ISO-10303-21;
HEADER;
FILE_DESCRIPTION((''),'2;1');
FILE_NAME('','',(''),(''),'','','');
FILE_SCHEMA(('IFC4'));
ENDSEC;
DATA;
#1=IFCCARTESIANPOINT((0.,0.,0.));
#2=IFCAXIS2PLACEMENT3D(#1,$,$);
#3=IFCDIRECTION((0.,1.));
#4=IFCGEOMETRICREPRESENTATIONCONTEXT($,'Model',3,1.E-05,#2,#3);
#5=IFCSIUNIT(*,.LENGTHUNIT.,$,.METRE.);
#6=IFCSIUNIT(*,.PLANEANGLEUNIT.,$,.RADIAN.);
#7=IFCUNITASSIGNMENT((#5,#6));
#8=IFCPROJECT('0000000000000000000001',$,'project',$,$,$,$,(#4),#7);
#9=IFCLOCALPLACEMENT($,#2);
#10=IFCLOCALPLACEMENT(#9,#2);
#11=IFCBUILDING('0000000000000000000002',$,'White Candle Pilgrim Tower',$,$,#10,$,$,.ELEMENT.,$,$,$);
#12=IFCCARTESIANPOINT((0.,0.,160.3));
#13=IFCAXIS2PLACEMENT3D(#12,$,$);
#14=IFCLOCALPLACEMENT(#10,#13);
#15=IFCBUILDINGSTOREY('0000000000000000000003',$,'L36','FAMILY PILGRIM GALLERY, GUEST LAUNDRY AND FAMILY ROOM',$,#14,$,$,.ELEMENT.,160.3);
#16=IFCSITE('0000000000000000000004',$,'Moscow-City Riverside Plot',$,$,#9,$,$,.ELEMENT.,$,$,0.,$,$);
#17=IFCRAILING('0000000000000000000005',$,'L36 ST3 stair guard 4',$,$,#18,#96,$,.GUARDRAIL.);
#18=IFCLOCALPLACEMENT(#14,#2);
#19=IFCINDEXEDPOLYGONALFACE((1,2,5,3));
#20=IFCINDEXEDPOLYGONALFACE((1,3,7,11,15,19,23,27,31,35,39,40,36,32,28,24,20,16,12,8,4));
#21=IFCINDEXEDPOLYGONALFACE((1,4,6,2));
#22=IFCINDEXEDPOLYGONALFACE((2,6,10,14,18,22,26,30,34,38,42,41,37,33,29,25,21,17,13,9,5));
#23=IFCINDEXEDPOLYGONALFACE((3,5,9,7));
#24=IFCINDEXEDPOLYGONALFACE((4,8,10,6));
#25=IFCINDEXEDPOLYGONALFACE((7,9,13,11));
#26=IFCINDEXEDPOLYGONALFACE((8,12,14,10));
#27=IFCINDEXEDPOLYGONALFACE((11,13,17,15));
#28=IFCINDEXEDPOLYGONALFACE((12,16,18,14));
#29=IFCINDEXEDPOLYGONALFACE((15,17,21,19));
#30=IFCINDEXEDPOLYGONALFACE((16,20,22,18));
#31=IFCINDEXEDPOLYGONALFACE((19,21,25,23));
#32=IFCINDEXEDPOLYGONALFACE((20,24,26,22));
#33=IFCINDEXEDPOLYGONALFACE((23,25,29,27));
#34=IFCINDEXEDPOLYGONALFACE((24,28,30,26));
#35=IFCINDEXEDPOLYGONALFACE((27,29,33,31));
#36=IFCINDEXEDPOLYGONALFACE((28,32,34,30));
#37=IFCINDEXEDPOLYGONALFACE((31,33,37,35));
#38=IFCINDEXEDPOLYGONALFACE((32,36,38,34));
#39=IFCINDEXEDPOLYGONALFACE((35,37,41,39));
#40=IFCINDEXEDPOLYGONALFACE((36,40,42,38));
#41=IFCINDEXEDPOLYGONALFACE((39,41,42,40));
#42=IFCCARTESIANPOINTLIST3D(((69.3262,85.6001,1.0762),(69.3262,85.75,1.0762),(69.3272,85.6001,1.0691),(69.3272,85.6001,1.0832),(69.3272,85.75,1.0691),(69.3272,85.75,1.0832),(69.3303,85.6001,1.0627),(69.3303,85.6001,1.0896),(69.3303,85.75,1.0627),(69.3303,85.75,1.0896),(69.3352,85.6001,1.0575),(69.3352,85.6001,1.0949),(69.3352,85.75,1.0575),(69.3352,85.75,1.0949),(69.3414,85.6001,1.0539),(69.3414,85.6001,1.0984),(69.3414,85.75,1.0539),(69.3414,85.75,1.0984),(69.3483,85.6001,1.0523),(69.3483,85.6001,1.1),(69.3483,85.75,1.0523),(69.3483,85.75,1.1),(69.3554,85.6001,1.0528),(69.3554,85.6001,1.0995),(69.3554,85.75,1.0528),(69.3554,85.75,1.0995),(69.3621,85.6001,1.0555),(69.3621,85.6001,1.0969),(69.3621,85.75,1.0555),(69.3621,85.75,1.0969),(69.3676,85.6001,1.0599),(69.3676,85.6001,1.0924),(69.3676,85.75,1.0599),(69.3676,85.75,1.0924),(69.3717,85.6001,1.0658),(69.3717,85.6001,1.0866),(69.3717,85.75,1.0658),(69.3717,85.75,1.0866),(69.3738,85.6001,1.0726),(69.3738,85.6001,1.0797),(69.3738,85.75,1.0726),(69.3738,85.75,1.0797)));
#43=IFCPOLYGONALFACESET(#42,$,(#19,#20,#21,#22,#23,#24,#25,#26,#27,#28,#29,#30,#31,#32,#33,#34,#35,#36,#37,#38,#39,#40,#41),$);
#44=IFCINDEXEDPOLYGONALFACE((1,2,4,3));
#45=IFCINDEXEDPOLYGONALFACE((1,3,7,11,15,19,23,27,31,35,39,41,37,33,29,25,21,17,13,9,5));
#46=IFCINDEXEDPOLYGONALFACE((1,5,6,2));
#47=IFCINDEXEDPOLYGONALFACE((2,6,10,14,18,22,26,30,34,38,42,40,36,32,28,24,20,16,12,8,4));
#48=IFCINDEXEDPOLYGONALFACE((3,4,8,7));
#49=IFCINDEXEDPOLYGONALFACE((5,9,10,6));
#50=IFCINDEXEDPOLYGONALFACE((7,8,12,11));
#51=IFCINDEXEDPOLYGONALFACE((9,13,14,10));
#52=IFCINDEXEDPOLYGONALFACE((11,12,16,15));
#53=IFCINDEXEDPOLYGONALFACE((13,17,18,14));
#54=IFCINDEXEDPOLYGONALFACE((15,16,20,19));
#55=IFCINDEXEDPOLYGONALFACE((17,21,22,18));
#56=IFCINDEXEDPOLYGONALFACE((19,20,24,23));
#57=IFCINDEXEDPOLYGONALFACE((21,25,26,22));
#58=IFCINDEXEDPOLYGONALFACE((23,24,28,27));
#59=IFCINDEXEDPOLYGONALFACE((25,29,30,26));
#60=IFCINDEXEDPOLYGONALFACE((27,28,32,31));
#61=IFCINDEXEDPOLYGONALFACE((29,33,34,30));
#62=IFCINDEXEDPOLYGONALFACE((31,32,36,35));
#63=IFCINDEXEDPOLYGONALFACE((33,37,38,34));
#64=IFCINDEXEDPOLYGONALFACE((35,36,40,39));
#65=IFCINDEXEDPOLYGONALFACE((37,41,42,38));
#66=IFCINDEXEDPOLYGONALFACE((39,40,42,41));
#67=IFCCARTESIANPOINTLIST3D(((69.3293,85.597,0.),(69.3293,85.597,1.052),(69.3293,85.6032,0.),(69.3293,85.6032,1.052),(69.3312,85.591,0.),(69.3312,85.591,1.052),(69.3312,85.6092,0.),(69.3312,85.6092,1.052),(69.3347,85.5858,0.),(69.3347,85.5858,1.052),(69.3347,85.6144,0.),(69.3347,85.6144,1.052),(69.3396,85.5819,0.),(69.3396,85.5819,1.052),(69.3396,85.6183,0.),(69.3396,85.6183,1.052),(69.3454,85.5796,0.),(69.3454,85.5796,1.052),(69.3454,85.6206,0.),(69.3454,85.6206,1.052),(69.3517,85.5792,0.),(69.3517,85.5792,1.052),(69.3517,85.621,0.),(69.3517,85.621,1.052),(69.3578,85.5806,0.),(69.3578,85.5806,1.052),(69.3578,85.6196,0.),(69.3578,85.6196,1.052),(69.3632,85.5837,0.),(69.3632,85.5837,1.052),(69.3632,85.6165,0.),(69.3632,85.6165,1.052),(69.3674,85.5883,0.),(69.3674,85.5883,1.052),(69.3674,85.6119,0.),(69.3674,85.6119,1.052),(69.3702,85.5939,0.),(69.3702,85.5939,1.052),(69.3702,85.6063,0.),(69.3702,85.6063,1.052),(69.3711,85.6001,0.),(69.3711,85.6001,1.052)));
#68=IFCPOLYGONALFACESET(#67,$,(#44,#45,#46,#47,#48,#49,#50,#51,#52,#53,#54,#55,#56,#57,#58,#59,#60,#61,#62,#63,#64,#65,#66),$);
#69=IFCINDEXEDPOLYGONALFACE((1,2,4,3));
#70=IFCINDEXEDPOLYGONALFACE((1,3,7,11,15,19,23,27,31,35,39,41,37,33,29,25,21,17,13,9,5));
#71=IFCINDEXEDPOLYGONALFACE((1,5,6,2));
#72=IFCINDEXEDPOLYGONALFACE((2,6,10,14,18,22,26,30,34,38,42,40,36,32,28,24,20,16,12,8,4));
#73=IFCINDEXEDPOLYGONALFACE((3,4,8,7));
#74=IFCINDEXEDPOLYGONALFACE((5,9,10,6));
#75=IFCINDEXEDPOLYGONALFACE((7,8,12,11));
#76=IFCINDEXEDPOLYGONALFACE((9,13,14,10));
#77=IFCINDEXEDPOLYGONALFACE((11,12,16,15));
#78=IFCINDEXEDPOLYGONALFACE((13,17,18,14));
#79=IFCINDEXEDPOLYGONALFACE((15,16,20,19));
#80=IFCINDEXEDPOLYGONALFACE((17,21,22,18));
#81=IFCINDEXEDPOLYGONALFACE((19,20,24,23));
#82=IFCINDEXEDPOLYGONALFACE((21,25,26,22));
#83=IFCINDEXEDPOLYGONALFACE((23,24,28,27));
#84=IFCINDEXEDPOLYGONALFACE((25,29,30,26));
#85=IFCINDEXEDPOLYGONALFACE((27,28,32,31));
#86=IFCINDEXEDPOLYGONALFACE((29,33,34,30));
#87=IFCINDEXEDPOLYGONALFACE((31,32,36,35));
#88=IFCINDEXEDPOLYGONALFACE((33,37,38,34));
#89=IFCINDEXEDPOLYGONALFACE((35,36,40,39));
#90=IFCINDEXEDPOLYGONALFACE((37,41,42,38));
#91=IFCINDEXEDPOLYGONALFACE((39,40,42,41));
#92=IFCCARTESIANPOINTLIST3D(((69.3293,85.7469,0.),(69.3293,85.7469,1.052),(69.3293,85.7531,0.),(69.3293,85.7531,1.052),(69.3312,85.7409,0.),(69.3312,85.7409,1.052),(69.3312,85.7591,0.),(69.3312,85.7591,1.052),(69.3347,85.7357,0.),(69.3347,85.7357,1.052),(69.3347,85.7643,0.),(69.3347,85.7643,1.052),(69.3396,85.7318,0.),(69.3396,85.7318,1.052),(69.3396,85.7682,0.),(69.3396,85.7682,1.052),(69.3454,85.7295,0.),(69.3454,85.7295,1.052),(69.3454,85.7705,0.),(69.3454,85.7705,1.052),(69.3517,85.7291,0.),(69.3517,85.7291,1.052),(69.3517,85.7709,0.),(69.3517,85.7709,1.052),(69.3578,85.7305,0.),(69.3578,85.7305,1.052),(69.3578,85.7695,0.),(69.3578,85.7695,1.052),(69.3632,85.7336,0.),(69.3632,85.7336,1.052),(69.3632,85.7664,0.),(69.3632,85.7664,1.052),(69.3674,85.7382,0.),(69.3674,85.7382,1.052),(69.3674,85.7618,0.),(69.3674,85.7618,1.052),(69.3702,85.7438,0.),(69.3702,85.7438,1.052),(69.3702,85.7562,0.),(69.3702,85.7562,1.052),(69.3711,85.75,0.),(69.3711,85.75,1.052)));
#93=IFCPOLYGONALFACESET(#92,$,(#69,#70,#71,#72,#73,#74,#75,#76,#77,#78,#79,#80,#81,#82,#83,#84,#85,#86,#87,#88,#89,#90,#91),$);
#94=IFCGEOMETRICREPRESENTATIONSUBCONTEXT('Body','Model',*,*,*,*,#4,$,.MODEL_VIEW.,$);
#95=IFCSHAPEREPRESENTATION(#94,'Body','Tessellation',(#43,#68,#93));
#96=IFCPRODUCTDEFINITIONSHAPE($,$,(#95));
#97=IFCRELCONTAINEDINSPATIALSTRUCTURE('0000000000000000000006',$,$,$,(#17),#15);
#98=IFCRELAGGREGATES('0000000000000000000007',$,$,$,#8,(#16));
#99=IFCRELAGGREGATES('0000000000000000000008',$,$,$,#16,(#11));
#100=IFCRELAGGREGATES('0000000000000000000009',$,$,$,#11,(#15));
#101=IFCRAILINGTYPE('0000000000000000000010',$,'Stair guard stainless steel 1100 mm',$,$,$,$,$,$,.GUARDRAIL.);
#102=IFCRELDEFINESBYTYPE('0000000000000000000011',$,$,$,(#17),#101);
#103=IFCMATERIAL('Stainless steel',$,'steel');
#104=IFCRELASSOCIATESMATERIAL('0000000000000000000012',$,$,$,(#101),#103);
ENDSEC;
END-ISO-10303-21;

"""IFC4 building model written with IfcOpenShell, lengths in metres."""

from ifc_helpers import new_model, si_unit, direction, frame, origin, origin_2d, place, context, subcontext, project, spatial, circle, extrude, material, type_object, element, save


model = new_model("IFC4")

# Units and contexts
model_context = context("Model", 3, precision=1e-05, world=origin(), true_north=direction((0.0, 1.0)))
body_context = subcontext(model_context, "Body", "Model", "MODEL_VIEW")
ifc_project = project(units=[si_unit("LENGTHUNIT", "METRE"), si_unit("PLANEANGLEUNIT", "RADIAN")], contexts=[model_context])

# Site, building, storey
site_placement = place(None, origin())
site = spatial("IfcSite", under=ifc_project, at=site_placement, Name="Moscow-City Riverside Plot", CompositionType="ELEMENT", RefElevation=0.0)
building_placement = place(site_placement, origin())
building = spatial("IfcBuilding", under=site, at=building_placement, Name="White Candle Pilgrim Tower", CompositionType="ELEMENT")
storey_placement = place(building_placement, frame((0.0, 0.0, 160.3)))
storey = spatial("IfcBuildingStorey", under=building, at=storey_placement, Name="L36", Description="FAMILY PILGRIM GALLERY, GUEST LAUNDRY AND FAMILY ROOM", CompositionType="ELEMENT", Elevation=160.3)

# Railing
ifc_material_1 = material(Name="Stainless steel", Category="steel")
railing_type_1 = type_object("IfcRailingType", Name="Stair guard stainless steel 1100 mm", PredefinedType="GUARDRAIL", material=ifc_material_1)
railing_1_placement = place(storey_placement, frame((69.3501, 85.6001, 0.0)))
element("IfcRailing", 1, at=railing_1_placement, inside=storey, type_object=railing_type_1, Name="L36 ST3 stair guard 4", PredefinedType="GUARDRAIL", context=body_context, shape_type="SweptSolid", body=[
    extrude(circle(Radius=0.0239, at=origin_2d()), frame((0.0, 0.0, 1.0762), z_axis=(0.0, 1.0, 0.0), x_axis=(-1.0, 0.0, 0.0)), (0.0, 0.0, 1.0), 0.1499),
    extrude(circle(Radius=0.021, at=origin_2d()), origin(), (0.0, 0.0, 1.0), 1.052),
    extrude(circle(Radius=0.021, at=origin_2d()), frame((0.0, 0.1499, 0.0)), (0.0, 0.0, 1.0), 1.052),
])

save(model, "model.ifc")
